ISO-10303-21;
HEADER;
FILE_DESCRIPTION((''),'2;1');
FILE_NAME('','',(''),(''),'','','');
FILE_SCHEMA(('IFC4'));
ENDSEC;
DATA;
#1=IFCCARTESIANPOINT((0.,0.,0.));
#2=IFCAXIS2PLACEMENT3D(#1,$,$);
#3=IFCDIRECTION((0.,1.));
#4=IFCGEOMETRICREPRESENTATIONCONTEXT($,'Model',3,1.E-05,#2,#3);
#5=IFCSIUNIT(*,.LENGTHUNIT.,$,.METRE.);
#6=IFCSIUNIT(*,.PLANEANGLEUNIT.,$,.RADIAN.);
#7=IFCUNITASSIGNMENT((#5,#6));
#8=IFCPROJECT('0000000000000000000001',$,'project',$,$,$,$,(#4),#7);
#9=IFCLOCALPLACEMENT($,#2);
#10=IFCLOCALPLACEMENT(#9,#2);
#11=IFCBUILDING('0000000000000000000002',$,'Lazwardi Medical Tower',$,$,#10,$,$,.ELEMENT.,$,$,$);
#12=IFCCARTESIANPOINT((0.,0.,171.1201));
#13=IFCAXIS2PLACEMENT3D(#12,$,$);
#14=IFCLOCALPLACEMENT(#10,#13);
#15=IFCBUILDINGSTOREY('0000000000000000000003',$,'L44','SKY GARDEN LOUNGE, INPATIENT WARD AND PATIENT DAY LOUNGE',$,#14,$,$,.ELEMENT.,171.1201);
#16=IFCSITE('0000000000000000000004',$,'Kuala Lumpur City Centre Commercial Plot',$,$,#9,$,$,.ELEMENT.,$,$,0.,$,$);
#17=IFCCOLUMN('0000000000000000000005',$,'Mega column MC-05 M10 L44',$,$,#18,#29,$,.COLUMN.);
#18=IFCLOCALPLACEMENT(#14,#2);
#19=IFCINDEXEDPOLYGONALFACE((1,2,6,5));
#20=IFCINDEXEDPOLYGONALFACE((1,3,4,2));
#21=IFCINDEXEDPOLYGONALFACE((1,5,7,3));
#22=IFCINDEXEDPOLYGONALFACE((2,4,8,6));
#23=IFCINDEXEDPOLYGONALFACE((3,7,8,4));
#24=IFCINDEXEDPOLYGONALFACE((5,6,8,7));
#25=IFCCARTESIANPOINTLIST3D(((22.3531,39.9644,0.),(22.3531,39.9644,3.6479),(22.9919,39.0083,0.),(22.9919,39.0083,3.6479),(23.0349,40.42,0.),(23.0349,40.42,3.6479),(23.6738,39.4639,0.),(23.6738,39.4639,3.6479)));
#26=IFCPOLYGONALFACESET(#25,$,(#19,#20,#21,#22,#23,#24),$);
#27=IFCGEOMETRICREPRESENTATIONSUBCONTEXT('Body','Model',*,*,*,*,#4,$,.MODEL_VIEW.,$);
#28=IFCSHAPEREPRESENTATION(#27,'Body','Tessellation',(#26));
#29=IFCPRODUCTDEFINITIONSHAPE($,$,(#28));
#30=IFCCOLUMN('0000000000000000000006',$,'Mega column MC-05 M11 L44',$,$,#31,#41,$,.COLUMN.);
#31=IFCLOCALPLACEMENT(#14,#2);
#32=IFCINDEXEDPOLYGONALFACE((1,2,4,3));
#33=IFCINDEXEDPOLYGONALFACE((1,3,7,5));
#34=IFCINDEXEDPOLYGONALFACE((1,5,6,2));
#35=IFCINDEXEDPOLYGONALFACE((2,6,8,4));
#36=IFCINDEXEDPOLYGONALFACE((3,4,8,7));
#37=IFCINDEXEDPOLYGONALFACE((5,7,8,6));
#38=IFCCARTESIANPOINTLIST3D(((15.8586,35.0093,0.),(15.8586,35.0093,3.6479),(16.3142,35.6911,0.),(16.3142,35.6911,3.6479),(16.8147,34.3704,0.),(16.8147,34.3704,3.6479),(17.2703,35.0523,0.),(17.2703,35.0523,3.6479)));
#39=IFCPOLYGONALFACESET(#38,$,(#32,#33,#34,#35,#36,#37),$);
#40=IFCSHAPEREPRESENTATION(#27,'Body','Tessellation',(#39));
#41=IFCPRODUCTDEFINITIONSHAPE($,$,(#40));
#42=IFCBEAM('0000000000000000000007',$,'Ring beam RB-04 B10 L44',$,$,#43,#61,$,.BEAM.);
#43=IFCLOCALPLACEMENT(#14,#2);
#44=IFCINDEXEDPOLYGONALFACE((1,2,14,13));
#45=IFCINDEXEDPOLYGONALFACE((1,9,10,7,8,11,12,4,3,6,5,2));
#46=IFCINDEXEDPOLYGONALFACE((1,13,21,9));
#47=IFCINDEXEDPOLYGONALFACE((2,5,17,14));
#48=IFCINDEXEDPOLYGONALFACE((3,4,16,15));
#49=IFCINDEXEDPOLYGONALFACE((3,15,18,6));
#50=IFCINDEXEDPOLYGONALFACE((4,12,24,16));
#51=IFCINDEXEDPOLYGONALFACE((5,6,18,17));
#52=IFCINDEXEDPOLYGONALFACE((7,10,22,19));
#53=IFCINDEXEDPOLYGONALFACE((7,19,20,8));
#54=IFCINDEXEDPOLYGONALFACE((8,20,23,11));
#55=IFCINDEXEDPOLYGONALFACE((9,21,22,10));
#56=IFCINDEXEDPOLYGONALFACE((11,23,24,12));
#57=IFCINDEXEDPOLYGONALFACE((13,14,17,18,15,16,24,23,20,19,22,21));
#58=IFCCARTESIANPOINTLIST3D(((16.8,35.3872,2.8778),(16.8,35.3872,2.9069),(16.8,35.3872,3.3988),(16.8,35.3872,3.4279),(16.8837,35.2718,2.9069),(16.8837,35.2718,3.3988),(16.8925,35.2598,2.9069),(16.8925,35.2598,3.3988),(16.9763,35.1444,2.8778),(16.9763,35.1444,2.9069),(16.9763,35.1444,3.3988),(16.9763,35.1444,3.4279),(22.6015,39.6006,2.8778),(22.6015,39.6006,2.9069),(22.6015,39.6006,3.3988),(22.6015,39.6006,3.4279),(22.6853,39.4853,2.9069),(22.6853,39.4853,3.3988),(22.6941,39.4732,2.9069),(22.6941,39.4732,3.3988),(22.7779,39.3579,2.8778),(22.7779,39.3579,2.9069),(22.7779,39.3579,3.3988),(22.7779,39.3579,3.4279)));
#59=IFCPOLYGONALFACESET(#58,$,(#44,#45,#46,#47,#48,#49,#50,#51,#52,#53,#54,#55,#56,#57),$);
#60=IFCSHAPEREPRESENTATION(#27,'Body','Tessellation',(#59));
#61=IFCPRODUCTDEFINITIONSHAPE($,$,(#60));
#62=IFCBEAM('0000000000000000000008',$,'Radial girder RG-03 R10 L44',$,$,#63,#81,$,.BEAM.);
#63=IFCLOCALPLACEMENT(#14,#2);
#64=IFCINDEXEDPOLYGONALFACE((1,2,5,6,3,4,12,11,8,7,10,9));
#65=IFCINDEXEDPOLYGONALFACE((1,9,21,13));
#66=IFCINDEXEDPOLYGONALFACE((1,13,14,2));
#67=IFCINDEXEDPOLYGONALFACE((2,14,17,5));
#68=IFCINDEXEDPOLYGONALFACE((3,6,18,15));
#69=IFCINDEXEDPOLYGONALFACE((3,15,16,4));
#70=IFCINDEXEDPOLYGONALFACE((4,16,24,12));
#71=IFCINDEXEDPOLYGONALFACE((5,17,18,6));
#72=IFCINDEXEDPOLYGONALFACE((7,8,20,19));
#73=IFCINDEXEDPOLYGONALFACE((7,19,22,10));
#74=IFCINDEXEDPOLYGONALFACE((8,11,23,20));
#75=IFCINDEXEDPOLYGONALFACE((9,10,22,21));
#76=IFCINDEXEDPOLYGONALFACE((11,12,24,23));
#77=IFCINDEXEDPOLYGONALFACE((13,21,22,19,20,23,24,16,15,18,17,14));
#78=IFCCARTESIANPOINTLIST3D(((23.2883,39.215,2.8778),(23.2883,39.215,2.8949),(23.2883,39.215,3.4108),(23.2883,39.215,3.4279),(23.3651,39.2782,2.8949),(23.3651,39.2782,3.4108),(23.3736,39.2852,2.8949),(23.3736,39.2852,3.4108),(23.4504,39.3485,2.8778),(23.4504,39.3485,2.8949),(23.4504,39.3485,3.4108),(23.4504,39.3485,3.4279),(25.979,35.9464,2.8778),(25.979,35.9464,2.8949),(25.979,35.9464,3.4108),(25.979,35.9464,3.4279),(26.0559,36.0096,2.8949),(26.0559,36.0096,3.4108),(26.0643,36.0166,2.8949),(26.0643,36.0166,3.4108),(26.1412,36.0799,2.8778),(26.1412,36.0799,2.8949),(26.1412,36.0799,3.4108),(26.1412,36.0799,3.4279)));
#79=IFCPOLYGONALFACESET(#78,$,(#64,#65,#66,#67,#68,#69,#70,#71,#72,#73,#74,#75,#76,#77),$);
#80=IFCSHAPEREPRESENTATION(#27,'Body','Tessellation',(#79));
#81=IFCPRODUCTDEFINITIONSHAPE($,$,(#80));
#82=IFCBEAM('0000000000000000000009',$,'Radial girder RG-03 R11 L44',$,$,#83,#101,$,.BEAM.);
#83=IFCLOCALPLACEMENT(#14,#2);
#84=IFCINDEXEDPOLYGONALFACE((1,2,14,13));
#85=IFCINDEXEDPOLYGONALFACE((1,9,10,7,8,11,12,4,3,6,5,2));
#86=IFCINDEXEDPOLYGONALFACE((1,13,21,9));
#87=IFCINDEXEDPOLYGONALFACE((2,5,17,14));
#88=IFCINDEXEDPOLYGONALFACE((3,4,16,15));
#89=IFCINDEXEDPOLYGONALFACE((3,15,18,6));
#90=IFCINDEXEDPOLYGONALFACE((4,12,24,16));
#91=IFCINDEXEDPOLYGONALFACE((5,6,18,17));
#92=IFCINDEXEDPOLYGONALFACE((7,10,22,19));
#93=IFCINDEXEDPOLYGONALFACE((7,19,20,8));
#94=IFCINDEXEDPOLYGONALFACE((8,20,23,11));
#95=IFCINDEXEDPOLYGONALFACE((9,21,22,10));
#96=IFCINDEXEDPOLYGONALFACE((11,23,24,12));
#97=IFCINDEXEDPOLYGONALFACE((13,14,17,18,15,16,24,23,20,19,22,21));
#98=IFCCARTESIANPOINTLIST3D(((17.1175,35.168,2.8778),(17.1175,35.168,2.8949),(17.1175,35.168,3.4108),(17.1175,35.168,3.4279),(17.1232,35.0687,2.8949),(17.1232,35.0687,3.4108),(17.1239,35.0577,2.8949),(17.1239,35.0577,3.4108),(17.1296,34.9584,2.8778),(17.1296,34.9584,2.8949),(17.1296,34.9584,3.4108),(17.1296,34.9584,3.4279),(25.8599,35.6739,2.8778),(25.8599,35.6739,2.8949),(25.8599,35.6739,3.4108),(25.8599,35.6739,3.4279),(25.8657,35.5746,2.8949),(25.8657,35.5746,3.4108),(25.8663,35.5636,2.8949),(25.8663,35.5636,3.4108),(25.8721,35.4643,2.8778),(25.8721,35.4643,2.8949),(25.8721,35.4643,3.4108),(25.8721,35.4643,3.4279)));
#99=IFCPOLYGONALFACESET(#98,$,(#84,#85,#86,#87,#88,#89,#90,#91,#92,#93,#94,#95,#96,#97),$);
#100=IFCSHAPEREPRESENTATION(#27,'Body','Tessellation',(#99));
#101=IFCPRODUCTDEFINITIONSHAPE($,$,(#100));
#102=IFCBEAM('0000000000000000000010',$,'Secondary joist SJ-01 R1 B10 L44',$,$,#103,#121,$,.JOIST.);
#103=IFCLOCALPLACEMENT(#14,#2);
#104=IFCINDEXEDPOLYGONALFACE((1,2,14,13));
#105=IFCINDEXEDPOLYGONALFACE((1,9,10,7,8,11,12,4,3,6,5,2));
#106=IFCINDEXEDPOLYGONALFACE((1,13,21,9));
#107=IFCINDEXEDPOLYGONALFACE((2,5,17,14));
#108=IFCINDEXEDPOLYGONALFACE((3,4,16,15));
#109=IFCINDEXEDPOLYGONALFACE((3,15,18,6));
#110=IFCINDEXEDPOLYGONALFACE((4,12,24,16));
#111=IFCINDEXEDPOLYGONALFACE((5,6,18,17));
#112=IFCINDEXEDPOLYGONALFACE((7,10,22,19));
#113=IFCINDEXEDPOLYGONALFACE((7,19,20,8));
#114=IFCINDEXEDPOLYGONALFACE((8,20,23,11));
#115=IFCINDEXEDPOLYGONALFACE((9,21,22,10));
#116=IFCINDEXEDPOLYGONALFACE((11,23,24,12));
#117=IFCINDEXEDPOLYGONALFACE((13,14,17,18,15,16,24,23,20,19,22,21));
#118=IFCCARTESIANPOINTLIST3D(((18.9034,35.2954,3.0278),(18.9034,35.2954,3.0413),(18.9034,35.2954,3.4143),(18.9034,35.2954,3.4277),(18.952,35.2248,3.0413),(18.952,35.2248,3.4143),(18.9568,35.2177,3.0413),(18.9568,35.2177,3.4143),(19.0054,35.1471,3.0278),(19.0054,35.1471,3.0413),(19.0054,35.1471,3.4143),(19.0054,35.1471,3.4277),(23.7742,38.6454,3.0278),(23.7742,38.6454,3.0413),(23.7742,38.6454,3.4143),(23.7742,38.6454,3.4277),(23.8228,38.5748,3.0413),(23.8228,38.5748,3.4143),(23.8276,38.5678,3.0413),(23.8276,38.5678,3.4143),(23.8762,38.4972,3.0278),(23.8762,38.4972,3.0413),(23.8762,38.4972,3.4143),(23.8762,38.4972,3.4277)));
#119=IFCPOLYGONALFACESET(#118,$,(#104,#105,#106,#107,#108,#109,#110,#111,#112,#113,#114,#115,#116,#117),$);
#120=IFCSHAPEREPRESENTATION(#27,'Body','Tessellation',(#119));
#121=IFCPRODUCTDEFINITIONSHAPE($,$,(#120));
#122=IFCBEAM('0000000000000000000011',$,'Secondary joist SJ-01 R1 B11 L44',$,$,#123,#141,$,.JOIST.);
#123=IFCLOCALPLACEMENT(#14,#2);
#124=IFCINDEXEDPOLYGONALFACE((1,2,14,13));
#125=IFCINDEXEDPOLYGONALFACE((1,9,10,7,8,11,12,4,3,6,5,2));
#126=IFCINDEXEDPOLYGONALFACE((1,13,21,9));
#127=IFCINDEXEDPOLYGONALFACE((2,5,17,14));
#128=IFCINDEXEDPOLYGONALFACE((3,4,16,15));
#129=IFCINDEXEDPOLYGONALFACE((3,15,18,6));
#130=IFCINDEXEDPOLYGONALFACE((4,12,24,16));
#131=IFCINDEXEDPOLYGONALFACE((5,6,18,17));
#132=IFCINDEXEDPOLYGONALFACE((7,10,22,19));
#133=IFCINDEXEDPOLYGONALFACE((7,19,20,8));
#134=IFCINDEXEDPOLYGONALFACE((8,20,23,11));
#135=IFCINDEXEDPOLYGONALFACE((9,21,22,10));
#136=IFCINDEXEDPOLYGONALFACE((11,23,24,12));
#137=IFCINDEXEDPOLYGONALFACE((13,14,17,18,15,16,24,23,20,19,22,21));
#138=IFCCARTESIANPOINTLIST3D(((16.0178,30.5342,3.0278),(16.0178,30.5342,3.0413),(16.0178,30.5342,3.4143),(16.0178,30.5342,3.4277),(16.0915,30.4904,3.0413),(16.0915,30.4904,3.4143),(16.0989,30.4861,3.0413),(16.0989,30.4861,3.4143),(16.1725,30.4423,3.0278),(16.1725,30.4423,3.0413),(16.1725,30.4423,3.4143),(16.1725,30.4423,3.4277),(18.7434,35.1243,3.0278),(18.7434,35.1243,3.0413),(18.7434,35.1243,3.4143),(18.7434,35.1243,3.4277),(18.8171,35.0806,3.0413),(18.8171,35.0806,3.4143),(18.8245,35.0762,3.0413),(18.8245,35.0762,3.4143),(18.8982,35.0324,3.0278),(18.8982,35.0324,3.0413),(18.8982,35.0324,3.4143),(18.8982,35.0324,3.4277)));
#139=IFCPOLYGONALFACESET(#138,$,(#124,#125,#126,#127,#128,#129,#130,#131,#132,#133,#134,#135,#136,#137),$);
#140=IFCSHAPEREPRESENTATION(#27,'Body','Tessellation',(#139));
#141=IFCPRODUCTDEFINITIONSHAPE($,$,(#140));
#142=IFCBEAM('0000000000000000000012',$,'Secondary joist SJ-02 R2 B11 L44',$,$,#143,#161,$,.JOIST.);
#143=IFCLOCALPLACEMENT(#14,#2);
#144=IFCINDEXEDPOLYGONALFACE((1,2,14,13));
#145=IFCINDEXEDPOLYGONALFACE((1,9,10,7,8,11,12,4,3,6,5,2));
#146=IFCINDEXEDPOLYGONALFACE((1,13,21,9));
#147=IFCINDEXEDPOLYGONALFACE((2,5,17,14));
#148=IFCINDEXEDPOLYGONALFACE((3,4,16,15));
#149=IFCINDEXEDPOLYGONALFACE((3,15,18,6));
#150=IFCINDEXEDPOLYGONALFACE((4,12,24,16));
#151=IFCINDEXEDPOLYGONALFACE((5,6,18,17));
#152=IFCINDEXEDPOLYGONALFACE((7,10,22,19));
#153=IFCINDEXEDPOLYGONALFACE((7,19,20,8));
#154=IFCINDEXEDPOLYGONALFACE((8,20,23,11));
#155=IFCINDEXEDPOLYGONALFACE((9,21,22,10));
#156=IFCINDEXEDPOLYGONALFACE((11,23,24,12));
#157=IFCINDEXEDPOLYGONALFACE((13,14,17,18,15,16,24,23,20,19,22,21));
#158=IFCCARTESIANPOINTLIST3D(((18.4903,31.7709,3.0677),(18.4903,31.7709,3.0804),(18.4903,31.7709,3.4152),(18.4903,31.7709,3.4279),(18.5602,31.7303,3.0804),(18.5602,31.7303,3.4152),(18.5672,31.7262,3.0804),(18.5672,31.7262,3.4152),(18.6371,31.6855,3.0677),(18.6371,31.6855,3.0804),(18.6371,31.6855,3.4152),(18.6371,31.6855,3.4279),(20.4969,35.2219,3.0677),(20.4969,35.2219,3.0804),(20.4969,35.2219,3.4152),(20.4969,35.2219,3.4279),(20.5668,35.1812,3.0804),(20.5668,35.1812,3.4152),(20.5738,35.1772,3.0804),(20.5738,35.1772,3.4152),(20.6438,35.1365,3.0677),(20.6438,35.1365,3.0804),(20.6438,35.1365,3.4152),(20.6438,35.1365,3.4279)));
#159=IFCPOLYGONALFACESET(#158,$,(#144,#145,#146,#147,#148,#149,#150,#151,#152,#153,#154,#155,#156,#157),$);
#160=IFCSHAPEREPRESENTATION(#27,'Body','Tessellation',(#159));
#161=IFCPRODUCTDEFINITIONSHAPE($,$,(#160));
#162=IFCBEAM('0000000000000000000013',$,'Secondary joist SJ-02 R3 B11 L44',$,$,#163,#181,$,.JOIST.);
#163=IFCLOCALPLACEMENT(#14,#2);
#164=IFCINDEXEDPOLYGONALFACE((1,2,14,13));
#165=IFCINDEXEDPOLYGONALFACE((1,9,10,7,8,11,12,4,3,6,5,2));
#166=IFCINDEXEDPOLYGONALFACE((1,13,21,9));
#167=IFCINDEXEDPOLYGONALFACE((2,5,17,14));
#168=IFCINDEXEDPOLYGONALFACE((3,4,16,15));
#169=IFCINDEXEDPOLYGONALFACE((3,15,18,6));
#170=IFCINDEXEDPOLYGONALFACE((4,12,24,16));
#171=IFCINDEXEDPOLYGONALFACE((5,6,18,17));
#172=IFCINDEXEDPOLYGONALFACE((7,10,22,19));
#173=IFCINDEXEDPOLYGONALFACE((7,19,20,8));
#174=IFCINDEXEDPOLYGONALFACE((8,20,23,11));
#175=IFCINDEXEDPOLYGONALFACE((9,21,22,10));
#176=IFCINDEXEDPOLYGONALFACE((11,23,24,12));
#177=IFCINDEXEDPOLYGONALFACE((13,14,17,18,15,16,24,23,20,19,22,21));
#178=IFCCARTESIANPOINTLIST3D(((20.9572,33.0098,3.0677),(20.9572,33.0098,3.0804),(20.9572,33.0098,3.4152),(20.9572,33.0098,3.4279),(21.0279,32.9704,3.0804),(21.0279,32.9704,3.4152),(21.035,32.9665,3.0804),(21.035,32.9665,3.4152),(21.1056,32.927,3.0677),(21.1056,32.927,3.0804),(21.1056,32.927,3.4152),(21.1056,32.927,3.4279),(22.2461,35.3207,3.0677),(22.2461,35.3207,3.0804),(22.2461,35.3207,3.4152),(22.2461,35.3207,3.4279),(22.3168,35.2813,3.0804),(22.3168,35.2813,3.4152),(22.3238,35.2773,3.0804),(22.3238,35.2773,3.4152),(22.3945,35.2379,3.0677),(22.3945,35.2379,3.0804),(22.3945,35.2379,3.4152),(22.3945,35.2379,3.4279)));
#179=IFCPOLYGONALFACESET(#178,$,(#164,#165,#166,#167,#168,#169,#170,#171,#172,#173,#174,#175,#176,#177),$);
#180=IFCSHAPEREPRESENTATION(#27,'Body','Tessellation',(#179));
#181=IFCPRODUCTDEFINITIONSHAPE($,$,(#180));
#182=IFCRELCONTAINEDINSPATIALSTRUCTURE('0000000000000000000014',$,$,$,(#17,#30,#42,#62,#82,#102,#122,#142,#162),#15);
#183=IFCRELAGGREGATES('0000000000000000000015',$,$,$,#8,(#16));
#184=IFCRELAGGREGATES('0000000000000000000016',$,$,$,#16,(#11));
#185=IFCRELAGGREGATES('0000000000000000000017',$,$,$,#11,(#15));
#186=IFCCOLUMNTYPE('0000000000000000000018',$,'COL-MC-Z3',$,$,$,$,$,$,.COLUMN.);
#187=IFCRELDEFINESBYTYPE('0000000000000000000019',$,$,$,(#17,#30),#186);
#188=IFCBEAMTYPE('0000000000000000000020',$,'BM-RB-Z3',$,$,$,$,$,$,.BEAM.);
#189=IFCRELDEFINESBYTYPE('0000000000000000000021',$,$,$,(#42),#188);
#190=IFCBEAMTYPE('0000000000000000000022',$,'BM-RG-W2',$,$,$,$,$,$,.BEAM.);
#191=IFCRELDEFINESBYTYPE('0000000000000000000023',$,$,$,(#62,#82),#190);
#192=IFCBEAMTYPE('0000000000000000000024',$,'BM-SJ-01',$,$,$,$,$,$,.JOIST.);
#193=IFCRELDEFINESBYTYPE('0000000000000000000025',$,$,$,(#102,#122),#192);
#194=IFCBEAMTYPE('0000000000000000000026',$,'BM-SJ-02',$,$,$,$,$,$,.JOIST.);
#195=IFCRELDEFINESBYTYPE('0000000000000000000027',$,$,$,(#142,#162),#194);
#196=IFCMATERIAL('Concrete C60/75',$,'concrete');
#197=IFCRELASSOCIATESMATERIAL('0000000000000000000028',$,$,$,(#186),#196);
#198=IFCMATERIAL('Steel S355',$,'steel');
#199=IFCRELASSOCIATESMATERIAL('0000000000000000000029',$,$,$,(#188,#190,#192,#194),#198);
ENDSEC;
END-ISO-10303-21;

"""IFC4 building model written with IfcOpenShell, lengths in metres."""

from ifc_helpers import new_model, si_unit, direction, frame, origin, origin_2d, place, context, subcontext, project, spatial, rectangle, i_section, extrude, material, material_profile, profile_set, type_object, element, save


model = new_model("IFC4")

# Units and contexts
model_context = context("Model", 3, precision=1e-05, world=origin(), true_north=direction((0.0, 1.0)))
body_context = subcontext(model_context, "Body", "Model", "MODEL_VIEW")
ifc_project = project(units=[si_unit("LENGTHUNIT", "METRE"), si_unit("PLANEANGLEUNIT", "RADIAN")], contexts=[model_context])

# Site, building, storey
site_placement = place(None, origin())
site = spatial("IfcSite", under=ifc_project, at=site_placement, Name="Kuala Lumpur City Centre Commercial Plot", CompositionType="ELEMENT", RefElevation=0.0)
building_placement = place(site_placement, origin())
building = spatial("IfcBuilding", under=site, at=building_placement, Name="Lazwardi Medical Tower", CompositionType="ELEMENT")
storey_placement = place(building_placement, frame((0.0, 0.0, 171.1201)))
storey = spatial("IfcBuildingStorey", under=building, at=storey_placement, Name="L44", Description="SKY GARDEN LOUNGE, INPATIENT WARD AND PATIENT DAY LOUNGE", CompositionType="ELEMENT", Elevation=171.1201)

# Columns
ifc_material_1 = material(Name="Concrete C60/75", Category="concrete")
ifc_material_profile_1 = material_profile(ifc_material_1, rectangle(XDim=1.1499, YDim=0.8201, at=origin_2d()), Name="CFT-RECT 1150x820")
ifc_profile_set_1 = profile_set([ifc_material_profile_1], Name="Concrete C60/75")
column_type = type_object("IfcColumnType", Name="COL-MC-Z3", PredefinedType="COLUMN", material=ifc_profile_set_1)
for number, where, z_axis, x_axis, name in (
    (1, (23.0134, 39.7141, 0.0), (0.0, 0.0, 1.0), (-0.55557, 0.83147, 0.0), "Mega column MC-05 M10 L44"),
    (2, (16.5645, 35.0308, 0.0), (0.0, 0.0, 1.0), (-0.83147, 0.55557, 0.0), "Mega column MC-05 M11 L44"),
):
    element("IfcColumn", number, at=place(storey_placement, frame(where, z_axis=z_axis, x_axis=x_axis)), inside=storey, type_object=column_type, Name=name, PredefinedType="COLUMN", context=body_context, shape_type="SweptSolid", body=[
        extrude(rectangle(XDim=1.1499, YDim=0.8201, at=origin_2d()), origin(), (0.0, 0.0, 1.0), 3.6479),
    ])

# Beams
ifc_material_2 = material(Name="Steel S355", Category="steel")
ifc_material_profile_2 = material_profile(ifc_material_2, i_section(OverallWidth=0.3, OverallDepth=0.55, WebThickness=0.0149, FlangeThickness=0.0291, at=origin_2d()), Name="HEB 550")
ifc_profile_set_2 = profile_set([ifc_material_profile_2], Name="Steel S355")
beam_type_1 = type_object("IfcBeamType", Name="BM-RB-Z3", PredefinedType="BEAM", material=ifc_profile_set_2)
beam_1_placement = place(storey_placement, frame((22.6897, 39.4792, 3.1528), z_axis=(-0.809128, -0.587633, 0.0), x_axis=(0.587633, -0.809128, 0.0)))
element("IfcBeam", 3, at=beam_1_placement, inside=storey, type_object=beam_type_1, Name="Ring beam RB-04 B10 L44", PredefinedType="BEAM", context=body_context, shape_type="SweptSolid", body=[
    extrude(i_section(OverallWidth=0.3, OverallDepth=0.55, WebThickness=0.0149, FlangeThickness=0.0291, at=origin_2d()), origin(), (0.0, 0.0, 1.0), 7.1702),
])
ifc_material_profile_3 = material_profile(ifc_material_2, i_section(OverallWidth=0.21, OverallDepth=0.55, WebThickness=0.011, FlangeThickness=0.0171, at=origin_2d()), Name="IPE 550")
ifc_profile_set_3 = profile_set([ifc_material_profile_3], Name="Steel S355")
beam_type_2 = type_object("IfcBeamType", Name="BM-RG-W2", PredefinedType="BEAM", material=ifc_profile_set_3)
beam_2_placement = place(storey_placement, frame((23.3694, 39.2817, 3.1528), z_axis=(0.635556, -0.772055, 0.0), x_axis=(0.772055, 0.635556, 0.0)))
element("IfcBeam", 4, at=beam_2_placement, inside=storey, type_object=beam_type_2, Name="Radial girder RG-03 R10 L44", PredefinedType="BEAM", context=body_context, shape_type="SweptSolid", body=[
    extrude(i_section(OverallWidth=0.21, OverallDepth=0.55, WebThickness=0.011, FlangeThickness=0.0171, at=origin_2d()), origin(), (0.0, 0.0, 1.0), 4.2336),
])
beam_3_placement = place(storey_placement, frame((17.1235, 35.0632, 3.1528), z_axis=(0.99833, 0.057766, 0.0), x_axis=(-0.057766, 0.99833, 0.0)))
element("IfcBeam", 5, at=beam_3_placement, inside=storey, type_object=beam_type_2, Name="Radial girder RG-03 R11 L44", PredefinedType="BEAM", context=body_context, shape_type="SweptSolid", body=[
    extrude(i_section(OverallWidth=0.21, OverallDepth=0.55, WebThickness=0.011, FlangeThickness=0.0171, at=origin_2d()), origin(), (0.0, 0.0, 1.0), 8.7571),
])
ifc_material_profile_4 = material_profile(ifc_material_2, i_section(OverallWidth=0.1799, OverallDepth=0.3999, WebThickness=0.0085, FlangeThickness=0.0134, at=origin_2d()), Name="IPE 400")
ifc_profile_set_4 = profile_set([ifc_material_profile_4], Name="Steel S355")
beam_type_3 = type_object("IfcBeamType", Name="BM-SJ-01", PredefinedType="JOIST", material=ifc_profile_set_4)
beam_4_placement = place(storey_placement, frame((23.8252, 38.5713, 3.2278), z_axis=(-0.823932, -0.566688, 0.0), x_axis=(0.566688, -0.823932, 0.0)))
element("IfcBeam", 6, at=beam_4_placement, inside=storey, type_object=beam_type_3, Name="Secondary joist SJ-01 R1 B10 L44", PredefinedType="JOIST", context=body_context, shape_type="SweptSolid", body=[
    extrude(i_section(OverallWidth=0.1799, OverallDepth=0.3999, WebThickness=0.0085, FlangeThickness=0.0134, at=origin_2d()), origin(), (0.0, 0.0, 1.0), 5.9116),
])
beam_5_placement = place(storey_placement, frame((18.8208, 35.0784, 3.2278), z_axis=(-0.510569, -0.859837, 0.0), x_axis=(0.859837, -0.510569, 0.0)))
element("IfcBeam", 7, at=beam_5_placement, inside=storey, type_object=beam_type_3, Name="Secondary joist SJ-01 R1 B11 L44", PredefinedType="JOIST", context=body_context, shape_type="SweptSolid", body=[
    extrude(i_section(OverallWidth=0.1799, OverallDepth=0.3999, WebThickness=0.0085, FlangeThickness=0.0134, at=origin_2d()), origin(), (0.0, 0.0, 1.0), 5.3384),
])
ifc_material_profile_5 = material_profile(ifc_material_2, i_section(OverallWidth=0.1699, OverallDepth=0.3601, WebThickness=0.0081, FlangeThickness=0.0127, at=origin_2d()), Name="IPE 360")
ifc_profile_set_5 = profile_set([ifc_material_profile_5], Name="Steel S355")
beam_type_4 = type_object("IfcBeamType", Name="BM-SJ-02", PredefinedType="JOIST", material=ifc_profile_set_5)
beam_6_placement = place(storey_placement, frame((20.5703, 35.1792, 3.2478), z_axis=(-0.502665, -0.864481, 0.0), x_axis=(0.864481, -0.502665, 0.0)))
element("IfcBeam", 8, at=beam_6_placement, inside=storey, type_object=beam_type_4, Name="Secondary joist SJ-02 R2 B11 L44", PredefinedType="JOIST", context=body_context, shape_type="SweptSolid", body=[
    extrude(i_section(OverallWidth=0.1699, OverallDepth=0.3601, WebThickness=0.0081, FlangeThickness=0.0127, at=origin_2d()), origin(), (0.0, 0.0, 1.0), 3.9919),
])
beam_7_placement = place(storey_placement, frame((22.3203, 35.2793, 3.2478), z_axis=(-0.487099, -0.873347, 0.0), x_axis=(0.873347, -0.487099, 0.0)))
element("IfcBeam", 9, at=beam_7_placement, inside=storey, type_object=beam_type_4, Name="Secondary joist SJ-02 R3 B11 L44", PredefinedType="JOIST", context=body_context, shape_type="SweptSolid", body=[
    extrude(i_section(OverallWidth=0.1699, OverallDepth=0.3601, WebThickness=0.0081, FlangeThickness=0.0127, at=origin_2d()), origin(), (0.0, 0.0, 1.0), 2.646),
])

save(model, "model.ifc")
